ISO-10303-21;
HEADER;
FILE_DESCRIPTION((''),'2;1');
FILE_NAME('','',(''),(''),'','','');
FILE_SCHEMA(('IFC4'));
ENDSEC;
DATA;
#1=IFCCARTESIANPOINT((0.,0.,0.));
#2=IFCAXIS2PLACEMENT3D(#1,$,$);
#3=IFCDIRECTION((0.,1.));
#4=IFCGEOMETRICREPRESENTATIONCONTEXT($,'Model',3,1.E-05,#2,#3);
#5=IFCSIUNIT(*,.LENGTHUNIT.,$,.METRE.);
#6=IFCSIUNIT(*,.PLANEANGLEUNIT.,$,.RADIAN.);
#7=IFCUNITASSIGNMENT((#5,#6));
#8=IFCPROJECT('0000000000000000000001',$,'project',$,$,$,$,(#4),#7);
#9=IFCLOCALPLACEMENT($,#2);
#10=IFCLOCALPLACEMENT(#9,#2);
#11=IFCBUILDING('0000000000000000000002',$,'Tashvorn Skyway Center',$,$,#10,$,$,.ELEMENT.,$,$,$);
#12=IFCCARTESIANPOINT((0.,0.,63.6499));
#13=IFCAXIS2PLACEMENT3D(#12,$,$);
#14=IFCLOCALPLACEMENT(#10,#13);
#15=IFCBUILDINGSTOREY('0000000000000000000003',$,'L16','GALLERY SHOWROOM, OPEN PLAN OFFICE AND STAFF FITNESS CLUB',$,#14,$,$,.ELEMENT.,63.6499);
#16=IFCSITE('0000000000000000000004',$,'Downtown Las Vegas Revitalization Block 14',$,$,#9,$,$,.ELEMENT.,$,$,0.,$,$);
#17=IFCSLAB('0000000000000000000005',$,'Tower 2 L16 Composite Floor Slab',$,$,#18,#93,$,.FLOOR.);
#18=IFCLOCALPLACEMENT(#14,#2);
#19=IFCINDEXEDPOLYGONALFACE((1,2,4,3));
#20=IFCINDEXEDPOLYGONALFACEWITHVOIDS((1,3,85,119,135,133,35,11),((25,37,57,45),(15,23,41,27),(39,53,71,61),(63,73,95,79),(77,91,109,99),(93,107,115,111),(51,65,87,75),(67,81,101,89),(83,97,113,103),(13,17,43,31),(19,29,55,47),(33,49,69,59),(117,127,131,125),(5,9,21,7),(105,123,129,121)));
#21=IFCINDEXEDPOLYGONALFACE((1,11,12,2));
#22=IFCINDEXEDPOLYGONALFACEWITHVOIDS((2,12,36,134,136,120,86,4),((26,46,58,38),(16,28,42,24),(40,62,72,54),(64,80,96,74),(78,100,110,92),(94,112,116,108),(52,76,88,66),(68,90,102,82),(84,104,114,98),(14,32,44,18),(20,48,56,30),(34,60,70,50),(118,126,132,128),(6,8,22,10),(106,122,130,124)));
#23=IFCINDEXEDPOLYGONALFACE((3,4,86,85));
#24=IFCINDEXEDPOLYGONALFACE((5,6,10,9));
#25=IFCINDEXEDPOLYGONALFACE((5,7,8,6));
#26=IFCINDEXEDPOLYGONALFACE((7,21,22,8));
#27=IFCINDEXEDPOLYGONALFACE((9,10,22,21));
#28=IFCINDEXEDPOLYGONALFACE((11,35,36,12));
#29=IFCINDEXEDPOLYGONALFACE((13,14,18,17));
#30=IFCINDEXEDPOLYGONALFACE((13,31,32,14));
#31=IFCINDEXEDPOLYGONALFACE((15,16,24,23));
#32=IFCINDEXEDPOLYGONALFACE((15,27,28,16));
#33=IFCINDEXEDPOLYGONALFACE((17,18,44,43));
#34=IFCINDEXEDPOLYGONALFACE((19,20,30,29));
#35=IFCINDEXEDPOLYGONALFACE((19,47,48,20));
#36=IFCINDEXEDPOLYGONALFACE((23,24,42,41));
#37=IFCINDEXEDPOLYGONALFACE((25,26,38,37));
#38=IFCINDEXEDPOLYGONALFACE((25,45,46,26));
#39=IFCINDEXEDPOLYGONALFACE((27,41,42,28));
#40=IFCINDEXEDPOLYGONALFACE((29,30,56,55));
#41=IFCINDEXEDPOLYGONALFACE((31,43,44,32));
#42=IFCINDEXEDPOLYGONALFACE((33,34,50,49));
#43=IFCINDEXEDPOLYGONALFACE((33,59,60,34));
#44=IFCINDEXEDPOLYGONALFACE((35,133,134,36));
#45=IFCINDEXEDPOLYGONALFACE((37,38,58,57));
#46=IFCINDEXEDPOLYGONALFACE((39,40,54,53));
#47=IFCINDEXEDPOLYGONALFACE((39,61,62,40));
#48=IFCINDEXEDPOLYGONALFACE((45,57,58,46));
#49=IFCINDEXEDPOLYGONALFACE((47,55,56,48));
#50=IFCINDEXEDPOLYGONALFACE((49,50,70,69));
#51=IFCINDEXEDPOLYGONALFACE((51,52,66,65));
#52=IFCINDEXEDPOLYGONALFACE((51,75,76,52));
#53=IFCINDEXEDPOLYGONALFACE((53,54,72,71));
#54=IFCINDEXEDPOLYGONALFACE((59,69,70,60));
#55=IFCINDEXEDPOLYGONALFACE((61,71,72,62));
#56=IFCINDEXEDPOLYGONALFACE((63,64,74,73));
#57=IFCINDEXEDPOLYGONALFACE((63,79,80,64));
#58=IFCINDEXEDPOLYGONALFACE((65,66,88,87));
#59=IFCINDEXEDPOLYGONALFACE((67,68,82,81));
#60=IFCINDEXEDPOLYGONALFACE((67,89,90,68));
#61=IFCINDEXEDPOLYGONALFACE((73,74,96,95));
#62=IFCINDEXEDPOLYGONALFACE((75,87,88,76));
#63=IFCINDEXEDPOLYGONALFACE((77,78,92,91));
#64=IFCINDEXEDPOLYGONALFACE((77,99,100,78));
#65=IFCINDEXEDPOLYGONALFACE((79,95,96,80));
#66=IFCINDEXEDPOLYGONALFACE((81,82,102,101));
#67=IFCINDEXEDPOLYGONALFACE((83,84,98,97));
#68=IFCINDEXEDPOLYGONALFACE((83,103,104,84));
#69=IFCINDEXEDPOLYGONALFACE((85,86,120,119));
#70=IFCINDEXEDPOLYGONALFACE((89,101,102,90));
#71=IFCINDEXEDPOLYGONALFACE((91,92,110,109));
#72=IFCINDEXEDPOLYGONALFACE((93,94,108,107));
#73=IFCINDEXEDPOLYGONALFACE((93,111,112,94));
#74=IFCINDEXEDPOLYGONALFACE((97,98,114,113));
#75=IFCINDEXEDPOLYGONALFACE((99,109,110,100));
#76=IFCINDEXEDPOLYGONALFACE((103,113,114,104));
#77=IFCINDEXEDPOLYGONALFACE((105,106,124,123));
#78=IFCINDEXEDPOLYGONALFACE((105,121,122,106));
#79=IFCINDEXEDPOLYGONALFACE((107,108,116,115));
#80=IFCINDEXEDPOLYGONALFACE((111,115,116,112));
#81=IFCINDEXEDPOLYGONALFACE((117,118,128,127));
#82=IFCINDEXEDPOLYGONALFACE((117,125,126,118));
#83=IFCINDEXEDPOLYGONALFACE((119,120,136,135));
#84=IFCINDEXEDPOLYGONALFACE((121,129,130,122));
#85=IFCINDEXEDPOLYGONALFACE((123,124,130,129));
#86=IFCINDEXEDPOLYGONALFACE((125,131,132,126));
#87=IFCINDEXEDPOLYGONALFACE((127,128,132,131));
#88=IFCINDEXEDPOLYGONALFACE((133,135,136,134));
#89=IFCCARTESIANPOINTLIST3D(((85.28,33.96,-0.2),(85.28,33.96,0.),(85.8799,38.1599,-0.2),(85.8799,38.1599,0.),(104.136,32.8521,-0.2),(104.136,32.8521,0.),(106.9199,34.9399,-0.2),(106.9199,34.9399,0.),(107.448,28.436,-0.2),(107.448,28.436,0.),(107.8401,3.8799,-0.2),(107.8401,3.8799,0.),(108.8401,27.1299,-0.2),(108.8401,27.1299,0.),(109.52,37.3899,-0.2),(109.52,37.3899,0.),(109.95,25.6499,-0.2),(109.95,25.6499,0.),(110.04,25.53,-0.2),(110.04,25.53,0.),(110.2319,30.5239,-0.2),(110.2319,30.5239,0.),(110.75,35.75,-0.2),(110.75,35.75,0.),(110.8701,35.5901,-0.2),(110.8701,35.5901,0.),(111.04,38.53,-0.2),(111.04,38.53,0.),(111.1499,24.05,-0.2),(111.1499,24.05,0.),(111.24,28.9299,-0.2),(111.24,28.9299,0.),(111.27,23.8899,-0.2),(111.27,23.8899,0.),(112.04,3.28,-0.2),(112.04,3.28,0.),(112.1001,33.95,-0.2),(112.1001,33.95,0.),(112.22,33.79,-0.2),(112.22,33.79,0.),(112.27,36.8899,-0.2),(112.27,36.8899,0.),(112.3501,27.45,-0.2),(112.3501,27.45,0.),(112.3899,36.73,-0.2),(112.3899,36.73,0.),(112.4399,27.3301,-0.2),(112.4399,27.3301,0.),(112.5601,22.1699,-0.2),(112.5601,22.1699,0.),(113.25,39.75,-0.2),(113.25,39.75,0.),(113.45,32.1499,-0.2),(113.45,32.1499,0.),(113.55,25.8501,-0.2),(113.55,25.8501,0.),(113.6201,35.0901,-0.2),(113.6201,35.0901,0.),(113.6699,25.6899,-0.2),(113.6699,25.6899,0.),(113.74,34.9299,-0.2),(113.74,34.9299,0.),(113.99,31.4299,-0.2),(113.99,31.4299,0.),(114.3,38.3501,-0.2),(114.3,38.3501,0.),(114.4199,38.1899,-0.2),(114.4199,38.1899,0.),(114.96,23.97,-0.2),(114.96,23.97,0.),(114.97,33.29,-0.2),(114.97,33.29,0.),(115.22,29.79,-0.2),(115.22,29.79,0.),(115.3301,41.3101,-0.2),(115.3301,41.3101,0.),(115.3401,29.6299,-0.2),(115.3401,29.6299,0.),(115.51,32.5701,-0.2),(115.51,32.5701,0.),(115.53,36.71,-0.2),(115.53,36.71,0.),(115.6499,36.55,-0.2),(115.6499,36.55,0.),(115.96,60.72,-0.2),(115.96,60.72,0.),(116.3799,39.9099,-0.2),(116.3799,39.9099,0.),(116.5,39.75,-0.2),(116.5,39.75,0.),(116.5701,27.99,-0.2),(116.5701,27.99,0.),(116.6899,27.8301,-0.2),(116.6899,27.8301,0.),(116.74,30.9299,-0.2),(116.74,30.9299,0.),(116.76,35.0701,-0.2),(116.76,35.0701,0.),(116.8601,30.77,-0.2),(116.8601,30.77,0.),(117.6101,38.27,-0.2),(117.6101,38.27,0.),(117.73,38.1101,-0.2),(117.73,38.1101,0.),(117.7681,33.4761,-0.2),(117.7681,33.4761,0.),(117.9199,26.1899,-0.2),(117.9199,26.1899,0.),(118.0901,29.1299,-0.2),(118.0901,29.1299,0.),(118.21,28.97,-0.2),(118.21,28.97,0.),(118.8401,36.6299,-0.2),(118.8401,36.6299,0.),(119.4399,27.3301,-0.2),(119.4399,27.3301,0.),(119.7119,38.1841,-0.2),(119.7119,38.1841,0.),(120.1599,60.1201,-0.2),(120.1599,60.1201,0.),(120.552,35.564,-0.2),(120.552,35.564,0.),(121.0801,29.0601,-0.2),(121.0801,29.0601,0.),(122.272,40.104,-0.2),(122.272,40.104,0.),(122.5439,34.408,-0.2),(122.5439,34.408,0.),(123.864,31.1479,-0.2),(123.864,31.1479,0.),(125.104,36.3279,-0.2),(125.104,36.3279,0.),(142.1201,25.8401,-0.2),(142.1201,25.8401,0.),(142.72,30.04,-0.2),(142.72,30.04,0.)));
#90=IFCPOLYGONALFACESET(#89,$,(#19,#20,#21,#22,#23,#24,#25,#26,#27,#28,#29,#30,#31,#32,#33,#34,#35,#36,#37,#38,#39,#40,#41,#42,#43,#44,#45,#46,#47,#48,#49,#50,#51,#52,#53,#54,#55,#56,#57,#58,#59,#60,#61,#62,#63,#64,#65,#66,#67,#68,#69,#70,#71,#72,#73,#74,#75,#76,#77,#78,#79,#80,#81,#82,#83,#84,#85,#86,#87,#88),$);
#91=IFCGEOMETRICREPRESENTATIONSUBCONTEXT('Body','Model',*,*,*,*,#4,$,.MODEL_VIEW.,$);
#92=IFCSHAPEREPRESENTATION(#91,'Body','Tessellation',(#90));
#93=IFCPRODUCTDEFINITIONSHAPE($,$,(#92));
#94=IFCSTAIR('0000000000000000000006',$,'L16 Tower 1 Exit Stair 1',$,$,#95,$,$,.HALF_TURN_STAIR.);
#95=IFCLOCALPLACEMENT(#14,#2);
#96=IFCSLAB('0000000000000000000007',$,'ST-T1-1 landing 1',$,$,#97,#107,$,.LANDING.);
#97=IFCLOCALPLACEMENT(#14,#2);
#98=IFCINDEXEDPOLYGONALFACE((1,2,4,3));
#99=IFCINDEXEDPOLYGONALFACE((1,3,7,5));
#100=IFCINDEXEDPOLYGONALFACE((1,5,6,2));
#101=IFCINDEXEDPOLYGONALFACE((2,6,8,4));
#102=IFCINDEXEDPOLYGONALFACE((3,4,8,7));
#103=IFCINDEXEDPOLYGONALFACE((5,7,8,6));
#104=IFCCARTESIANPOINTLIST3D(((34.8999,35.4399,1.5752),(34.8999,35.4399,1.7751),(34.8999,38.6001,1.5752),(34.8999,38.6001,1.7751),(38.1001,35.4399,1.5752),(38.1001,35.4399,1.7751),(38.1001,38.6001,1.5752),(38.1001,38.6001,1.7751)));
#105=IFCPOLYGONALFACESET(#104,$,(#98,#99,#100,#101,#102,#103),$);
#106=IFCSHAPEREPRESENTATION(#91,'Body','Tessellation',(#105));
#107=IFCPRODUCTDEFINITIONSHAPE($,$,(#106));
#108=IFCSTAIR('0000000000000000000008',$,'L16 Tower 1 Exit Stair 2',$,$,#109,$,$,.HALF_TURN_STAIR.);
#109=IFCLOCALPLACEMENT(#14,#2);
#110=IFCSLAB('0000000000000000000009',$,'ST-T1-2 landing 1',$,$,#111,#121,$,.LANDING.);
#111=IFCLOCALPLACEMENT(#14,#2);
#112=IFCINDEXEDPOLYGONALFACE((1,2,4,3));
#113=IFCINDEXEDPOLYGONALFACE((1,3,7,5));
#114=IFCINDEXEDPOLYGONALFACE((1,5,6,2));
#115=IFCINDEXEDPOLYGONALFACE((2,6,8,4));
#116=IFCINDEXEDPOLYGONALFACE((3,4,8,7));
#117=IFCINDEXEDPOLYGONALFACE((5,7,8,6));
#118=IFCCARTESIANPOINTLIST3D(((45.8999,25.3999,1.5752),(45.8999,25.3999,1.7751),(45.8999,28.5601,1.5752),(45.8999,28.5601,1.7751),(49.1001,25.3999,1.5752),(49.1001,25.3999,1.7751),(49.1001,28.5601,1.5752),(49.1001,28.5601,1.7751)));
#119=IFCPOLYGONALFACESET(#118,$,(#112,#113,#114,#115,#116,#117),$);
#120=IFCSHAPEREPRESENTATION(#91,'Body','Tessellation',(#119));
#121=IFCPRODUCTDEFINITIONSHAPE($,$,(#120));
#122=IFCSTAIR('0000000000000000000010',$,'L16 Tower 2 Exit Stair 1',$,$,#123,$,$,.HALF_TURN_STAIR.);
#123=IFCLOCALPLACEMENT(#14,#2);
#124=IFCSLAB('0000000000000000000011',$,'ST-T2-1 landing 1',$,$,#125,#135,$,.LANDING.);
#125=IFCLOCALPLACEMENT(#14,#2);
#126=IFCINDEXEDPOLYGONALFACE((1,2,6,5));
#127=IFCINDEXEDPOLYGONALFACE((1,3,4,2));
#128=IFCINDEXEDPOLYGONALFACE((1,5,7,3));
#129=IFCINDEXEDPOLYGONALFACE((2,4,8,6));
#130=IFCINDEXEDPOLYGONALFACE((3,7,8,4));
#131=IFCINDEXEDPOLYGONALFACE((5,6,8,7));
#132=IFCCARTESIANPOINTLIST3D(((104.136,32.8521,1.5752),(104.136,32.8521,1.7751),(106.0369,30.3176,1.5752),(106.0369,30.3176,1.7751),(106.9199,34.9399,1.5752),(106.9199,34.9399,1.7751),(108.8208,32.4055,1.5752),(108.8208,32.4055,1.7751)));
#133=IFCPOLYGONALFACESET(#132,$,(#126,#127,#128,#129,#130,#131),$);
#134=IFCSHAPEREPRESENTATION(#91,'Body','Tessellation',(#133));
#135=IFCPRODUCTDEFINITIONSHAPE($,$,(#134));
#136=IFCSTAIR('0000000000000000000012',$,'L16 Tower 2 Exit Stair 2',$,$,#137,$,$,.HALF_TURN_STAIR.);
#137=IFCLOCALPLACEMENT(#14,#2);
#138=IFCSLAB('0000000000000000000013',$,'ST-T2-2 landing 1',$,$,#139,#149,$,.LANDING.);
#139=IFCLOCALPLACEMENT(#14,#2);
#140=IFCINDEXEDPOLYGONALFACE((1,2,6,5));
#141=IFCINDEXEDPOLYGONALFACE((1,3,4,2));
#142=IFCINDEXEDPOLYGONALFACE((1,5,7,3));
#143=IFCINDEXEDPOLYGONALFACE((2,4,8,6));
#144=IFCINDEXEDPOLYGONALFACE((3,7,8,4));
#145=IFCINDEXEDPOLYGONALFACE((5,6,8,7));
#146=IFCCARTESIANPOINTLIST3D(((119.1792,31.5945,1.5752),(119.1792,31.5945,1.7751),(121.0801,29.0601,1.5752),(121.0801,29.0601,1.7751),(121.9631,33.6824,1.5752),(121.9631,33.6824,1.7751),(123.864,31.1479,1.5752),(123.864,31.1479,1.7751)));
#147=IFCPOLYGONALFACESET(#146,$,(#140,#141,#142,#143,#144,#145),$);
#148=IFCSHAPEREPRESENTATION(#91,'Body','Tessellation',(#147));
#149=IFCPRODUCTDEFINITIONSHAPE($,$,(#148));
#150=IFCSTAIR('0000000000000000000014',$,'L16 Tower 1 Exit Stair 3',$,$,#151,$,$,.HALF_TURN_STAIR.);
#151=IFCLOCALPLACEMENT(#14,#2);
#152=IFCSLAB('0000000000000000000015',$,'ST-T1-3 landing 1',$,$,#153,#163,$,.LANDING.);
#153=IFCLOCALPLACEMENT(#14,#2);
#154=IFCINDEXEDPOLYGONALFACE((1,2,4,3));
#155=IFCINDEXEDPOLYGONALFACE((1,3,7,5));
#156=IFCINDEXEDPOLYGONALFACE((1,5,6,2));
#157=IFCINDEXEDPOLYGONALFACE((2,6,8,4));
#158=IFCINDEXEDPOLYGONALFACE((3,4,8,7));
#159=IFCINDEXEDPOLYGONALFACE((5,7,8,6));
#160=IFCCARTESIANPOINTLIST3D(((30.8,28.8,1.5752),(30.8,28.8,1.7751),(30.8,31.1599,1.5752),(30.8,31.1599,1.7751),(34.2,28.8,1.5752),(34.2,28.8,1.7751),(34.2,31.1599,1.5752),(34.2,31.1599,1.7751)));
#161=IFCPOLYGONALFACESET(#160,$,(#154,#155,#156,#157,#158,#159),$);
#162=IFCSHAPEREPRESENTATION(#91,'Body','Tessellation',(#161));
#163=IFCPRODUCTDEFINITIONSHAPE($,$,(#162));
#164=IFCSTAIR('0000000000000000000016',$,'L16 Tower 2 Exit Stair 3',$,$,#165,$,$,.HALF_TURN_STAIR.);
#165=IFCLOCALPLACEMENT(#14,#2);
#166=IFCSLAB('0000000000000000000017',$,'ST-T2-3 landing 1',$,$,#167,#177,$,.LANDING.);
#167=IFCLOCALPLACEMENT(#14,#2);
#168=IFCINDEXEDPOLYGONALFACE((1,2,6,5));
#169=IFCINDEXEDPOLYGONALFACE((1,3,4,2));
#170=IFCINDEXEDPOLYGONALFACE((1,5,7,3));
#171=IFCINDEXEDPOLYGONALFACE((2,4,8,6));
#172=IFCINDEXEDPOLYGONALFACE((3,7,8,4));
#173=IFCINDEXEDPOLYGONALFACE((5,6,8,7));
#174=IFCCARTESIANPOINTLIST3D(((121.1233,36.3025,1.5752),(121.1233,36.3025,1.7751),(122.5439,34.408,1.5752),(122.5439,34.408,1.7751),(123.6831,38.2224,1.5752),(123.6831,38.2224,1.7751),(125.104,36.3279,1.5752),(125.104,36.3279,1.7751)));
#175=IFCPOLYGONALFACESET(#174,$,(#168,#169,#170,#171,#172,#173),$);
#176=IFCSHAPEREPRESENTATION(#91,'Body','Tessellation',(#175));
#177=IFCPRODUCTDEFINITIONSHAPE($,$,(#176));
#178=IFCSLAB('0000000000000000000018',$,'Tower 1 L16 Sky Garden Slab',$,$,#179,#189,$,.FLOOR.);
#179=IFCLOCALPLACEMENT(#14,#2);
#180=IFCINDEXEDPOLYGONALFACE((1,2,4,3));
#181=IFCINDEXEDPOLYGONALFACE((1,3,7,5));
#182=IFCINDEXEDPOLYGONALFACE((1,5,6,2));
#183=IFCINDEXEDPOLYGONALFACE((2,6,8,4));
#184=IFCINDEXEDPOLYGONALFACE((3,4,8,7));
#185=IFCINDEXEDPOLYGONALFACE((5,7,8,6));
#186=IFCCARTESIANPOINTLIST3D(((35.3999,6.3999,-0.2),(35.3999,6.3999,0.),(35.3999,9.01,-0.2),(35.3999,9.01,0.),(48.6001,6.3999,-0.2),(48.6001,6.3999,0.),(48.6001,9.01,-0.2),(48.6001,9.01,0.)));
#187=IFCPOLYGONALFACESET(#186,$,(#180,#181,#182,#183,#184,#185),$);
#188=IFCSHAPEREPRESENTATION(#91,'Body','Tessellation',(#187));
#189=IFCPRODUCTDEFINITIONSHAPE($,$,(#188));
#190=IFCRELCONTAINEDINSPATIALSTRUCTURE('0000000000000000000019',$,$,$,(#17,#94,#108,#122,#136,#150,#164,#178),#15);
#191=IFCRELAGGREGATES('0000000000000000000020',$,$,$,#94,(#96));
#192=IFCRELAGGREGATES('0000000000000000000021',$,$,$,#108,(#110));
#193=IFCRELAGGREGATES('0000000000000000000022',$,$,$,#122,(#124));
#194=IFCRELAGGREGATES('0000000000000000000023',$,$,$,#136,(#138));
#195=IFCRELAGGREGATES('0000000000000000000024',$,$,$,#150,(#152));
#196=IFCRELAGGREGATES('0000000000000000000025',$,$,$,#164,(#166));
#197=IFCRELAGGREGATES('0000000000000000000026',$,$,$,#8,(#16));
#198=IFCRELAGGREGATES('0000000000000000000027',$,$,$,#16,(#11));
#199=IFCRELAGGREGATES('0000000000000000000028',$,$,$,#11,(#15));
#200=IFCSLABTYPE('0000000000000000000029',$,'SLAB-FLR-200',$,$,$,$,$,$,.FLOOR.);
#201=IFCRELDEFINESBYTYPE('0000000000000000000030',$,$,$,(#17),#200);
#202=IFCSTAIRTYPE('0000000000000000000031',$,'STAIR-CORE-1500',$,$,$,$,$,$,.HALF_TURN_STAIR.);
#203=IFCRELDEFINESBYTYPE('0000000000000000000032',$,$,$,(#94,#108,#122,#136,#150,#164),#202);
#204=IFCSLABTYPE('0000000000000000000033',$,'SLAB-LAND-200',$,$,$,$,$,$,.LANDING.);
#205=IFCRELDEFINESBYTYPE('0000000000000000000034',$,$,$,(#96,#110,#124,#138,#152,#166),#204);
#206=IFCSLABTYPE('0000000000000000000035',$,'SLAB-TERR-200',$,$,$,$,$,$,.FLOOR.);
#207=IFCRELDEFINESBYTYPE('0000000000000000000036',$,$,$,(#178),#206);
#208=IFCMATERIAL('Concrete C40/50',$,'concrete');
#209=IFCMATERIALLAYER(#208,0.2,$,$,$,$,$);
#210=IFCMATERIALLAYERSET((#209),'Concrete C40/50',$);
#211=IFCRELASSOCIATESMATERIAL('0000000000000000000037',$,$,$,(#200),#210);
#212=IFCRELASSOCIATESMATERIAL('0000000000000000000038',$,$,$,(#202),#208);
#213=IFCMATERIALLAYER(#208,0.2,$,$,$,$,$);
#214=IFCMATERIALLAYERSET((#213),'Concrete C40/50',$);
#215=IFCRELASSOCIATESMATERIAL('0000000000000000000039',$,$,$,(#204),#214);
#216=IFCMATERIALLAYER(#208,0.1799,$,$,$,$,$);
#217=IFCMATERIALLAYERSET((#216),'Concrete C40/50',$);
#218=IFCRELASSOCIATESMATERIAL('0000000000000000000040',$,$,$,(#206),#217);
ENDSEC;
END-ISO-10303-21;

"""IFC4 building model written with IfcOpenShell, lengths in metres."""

from ifc_helpers import new_model, si_unit, direction, frame, origin, place, context, subcontext, project, spatial, polyline, outline, extrude, material, layer, layer_set, type_object, element, aggregate, save


model = new_model("IFC4")

# Units and contexts
model_context = context("Model", 3, precision=1e-05, world=origin(), true_north=direction((0.0, 1.0)))
body_context = subcontext(model_context, "Body", "Model", "MODEL_VIEW")
ifc_project = project(units=[si_unit("LENGTHUNIT", "METRE"), si_unit("PLANEANGLEUNIT", "RADIAN")], contexts=[model_context])

# Site, building, storey
site_placement = place(None, origin())
site = spatial("IfcSite", under=ifc_project, at=site_placement, Name="Downtown Las Vegas Revitalization Block 14", CompositionType="ELEMENT", RefElevation=0.0)
building_placement = place(site_placement, origin())
building = spatial("IfcBuilding", under=site, at=building_placement, Name="Tashvorn Skyway Center", CompositionType="ELEMENT")
storey_placement = place(building_placement, frame((0.0, 0.0, 63.6499)))
storey = spatial("IfcBuildingStorey", under=building, at=storey_placement, Name="L16", Description="GALLERY SHOWROOM, OPEN PLAN OFFICE AND STAFF FITNESS CLUB", CompositionType="ELEMENT", Elevation=63.6499)

# Slab
ifc_material_1 = material(Name="Concrete C40/50", Category="concrete")
ifc_layer_1 = layer(ifc_material_1, 0.2)
ifc_layer_set_1 = layer_set([ifc_layer_1], Name="Concrete C40/50")
slab_type_1 = type_object("IfcSlabType", Name="SLAB-FLR-200", PredefinedType="FLOOR", material=ifc_layer_set_1)
slab_1_placement = place(storey_placement, frame((0.0, 0.0, -0.2)))
element("IfcSlab", 1, at=slab_1_placement, inside=storey, type_object=slab_type_1, Name="Tower 2 L16 Composite Floor Slab", PredefinedType="FLOOR", context=body_context, shape_type="SweptSolid", body=[
    extrude(outline(polyline([(112.04, 3.28), (142.1201, 25.8401), (142.72, 30.04), (120.1599, 60.1201), (115.96, 60.72), (85.8799, 38.1599), (85.28, 33.96), (107.8401, 3.8799), (112.04, 3.28)]), holes=[polyline([(110.2319, 30.5239), (106.9199, 34.9399), (104.136, 32.8521), (107.448, 28.436), (110.2319, 30.5239)]), polyline([(117.7681, 33.4761), (121.0801, 29.0601), (123.864, 31.1479), (120.552, 35.564), (117.7681, 33.4761)]), polyline([(119.7119, 38.1841), (122.5439, 34.408), (125.104, 36.3279), (122.272, 40.104), (119.7119, 38.1841)]), polyline([(109.95, 25.6499), (112.3501, 27.45), (111.24, 28.9299), (108.8401, 27.1299), (109.95, 25.6499)]), polyline([(111.1499, 24.05), (113.55, 25.8501), (112.4399, 27.3301), (110.04, 25.53), (111.1499, 24.05)]), polyline([(112.5601, 22.1699), (114.96, 23.97), (113.6699, 25.6899), (111.27, 23.8899), (112.5601, 22.1699)]), polyline([(117.9199, 26.1899), (119.4399, 27.3301), (118.21, 28.97), (116.6899, 27.8301), (117.9199, 26.1899)]), polyline([(116.5701, 27.99), (118.0901, 29.1299), (116.8601, 30.77), (115.3401, 29.6299), (116.5701, 27.99)]), polyline([(115.22, 29.79), (116.74, 30.9299), (115.51, 32.5701), (113.99, 31.4299), (115.22, 29.79)]), polyline([(113.45, 32.1499), (114.97, 33.29), (113.74, 34.9299), (112.22, 33.79), (113.45, 32.1499)]), polyline([(112.1001, 33.95), (113.6201, 35.0901), (112.3899, 36.73), (110.8701, 35.5901), (112.1001, 33.95)]), polyline([(110.75, 35.75), (112.27, 36.8899), (111.04, 38.53), (109.52, 37.3899), (110.75, 35.75)]), polyline([(116.76, 35.0701), (118.8401, 36.6299), (117.73, 38.1101), (115.6499, 36.55), (116.76, 35.0701)]), polyline([(115.53, 36.71), (117.6101, 38.27), (116.5, 39.75), (114.4199, 38.1899), (115.53, 36.71)]), polyline([(114.3, 38.3501), (116.3799, 39.9099), (115.3301, 41.3101), (113.25, 39.75), (114.3, 38.3501)])]), origin(), (0.0, 0.0, 1.0), 0.2),
])

# Stairs, slabs
stair_type = type_object("IfcStairType", Name="STAIR-CORE-1500", PredefinedType="HALF_TURN_STAIR", material=ifc_material_1)
stair_1_placement = place(storey_placement, origin())
stair_1 = element("IfcStair", 2, at=stair_1_placement, inside=storey, type_object=stair_type, Name="L16 Tower 1 Exit Stair 1", PredefinedType="HALF_TURN_STAIR")
ifc_layer_2 = layer(ifc_material_1, 0.2)
ifc_layer_set_2 = layer_set([ifc_layer_2], Name="Concrete C40/50")
slab_type_2 = type_object("IfcSlabType", Name="SLAB-LAND-200", PredefinedType="LANDING", material=ifc_layer_set_2)
slab_2_placement = place(storey_placement, frame((0.0, 0.0, 1.5752)))
slab_2 = element("IfcSlab", 3, at=slab_2_placement, type_object=slab_type_2, Name="ST-T1-1 landing 1", PredefinedType="LANDING", context=body_context, shape_type="SweptSolid", body=[
    extrude(outline(polyline([(38.1001, 35.4399), (38.1001, 38.6001), (34.8999, 38.6001), (34.8999, 35.4399), (38.1001, 35.4399)])), origin(), (0.0, 0.0, 1.0), 0.2),
])
aggregate(stair_1, [slab_2])
stair_2_placement = place(storey_placement, origin())
stair_2 = element("IfcStair", 4, at=stair_2_placement, inside=storey, type_object=stair_type, Name="L16 Tower 1 Exit Stair 2", PredefinedType="HALF_TURN_STAIR")
slab_3_placement = place(storey_placement, frame((0.0, 0.0, 1.5752)))
slab_3 = element("IfcSlab", 5, at=slab_3_placement, type_object=slab_type_2, Name="ST-T1-2 landing 1", PredefinedType="LANDING", context=body_context, shape_type="SweptSolid", body=[
    extrude(outline(polyline([(45.8999, 28.5601), (45.8999, 25.3999), (49.1001, 25.3999), (49.1001, 28.5601), (45.8999, 28.5601)])), origin(), (0.0, 0.0, 1.0), 0.2),
])
aggregate(stair_2, [slab_3])
stair_3_placement = place(storey_placement, origin())
stair_3 = element("IfcStair", 6, at=stair_3_placement, inside=storey, type_object=stair_type, Name="L16 Tower 2 Exit Stair 1", PredefinedType="HALF_TURN_STAIR")
slab_4_placement = place(storey_placement, frame((0.0, 0.0, 1.5752)))
slab_4 = element("IfcSlab", 7, at=slab_4_placement, type_object=slab_type_2, Name="ST-T2-1 landing 1", PredefinedType="LANDING", context=body_context, shape_type="SweptSolid", body=[
    extrude(outline(polyline([(108.8208, 32.4055), (106.9199, 34.9399), (104.136, 32.8521), (106.0369, 30.3176), (108.8208, 32.4055)])), origin(), (0.0, 0.0, 1.0), 0.2),
])
aggregate(stair_3, [slab_4])
stair_4_placement = place(storey_placement, origin())
stair_4 = element("IfcStair", 8, at=stair_4_placement, inside=storey, type_object=stair_type, Name="L16 Tower 2 Exit Stair 2", PredefinedType="HALF_TURN_STAIR")
slab_5_placement = place(storey_placement, frame((0.0, 0.0, 1.5752)))
slab_5 = element("IfcSlab", 9, at=slab_5_placement, type_object=slab_type_2, Name="ST-T2-2 landing 1", PredefinedType="LANDING", context=body_context, shape_type="SweptSolid", body=[
    extrude(outline(polyline([(119.1792, 31.5945), (121.0801, 29.0601), (123.864, 31.1479), (121.9631, 33.6824), (119.1792, 31.5945)])), origin(), (0.0, 0.0, 1.0), 0.2),
])
aggregate(stair_4, [slab_5])
stair_5_placement = place(storey_placement, origin())
stair_5 = element("IfcStair", 10, at=stair_5_placement, inside=storey, type_object=stair_type, Name="L16 Tower 1 Exit Stair 3", PredefinedType="HALF_TURN_STAIR")
slab_6_placement = place(storey_placement, frame((0.0, 0.0, 1.5752)))
slab_6 = element("IfcSlab", 11, at=slab_6_placement, type_object=slab_type_2, Name="ST-T1-3 landing 1", PredefinedType="LANDING", context=body_context, shape_type="SweptSolid", body=[
    extrude(outline(polyline([(30.8, 31.1599), (30.8, 28.8), (34.2, 28.8), (34.2, 31.1599), (30.8, 31.1599)])), origin(), (0.0, 0.0, 1.0), 0.2),
])
aggregate(stair_5, [slab_6])
stair_6_placement = place(storey_placement, origin())
stair_6 = element("IfcStair", 12, at=stair_6_placement, inside=storey, type_object=stair_type, Name="L16 Tower 2 Exit Stair 3", PredefinedType="HALF_TURN_STAIR")
slab_7_placement = place(storey_placement, frame((0.0, 0.0, 1.5752)))
slab_7 = element("IfcSlab", 13, at=slab_7_placement, type_object=slab_type_2, Name="ST-T2-3 landing 1", PredefinedType="LANDING", context=body_context, shape_type="SweptSolid", body=[
    extrude(outline(polyline([(121.1233, 36.3025), (122.5439, 34.408), (125.104, 36.3279), (123.6831, 38.2224), (121.1233, 36.3025)])), origin(), (0.0, 0.0, 1.0), 0.2),
])
aggregate(stair_6, [slab_7])

# Slab
ifc_layer_3 = layer(ifc_material_1, 0.1799)
ifc_layer_set_3 = layer_set([ifc_layer_3], Name="Concrete C40/50")
slab_type_3 = type_object("IfcSlabType", Name="SLAB-TERR-200", PredefinedType="FLOOR", material=ifc_layer_set_3)
slab_8_placement = place(storey_placement, frame((0.0, 0.0, -0.2)))
element("IfcSlab", 14, at=slab_8_placement, inside=storey, type_object=slab_type_3, Name="Tower 1 L16 Sky Garden Slab", PredefinedType="FLOOR", context=body_context, shape_type="SweptSolid", body=[
    extrude(outline(polyline([(35.3999, 6.3999), (48.6001, 6.3999), (48.6001, 9.01), (35.3999, 9.01), (35.3999, 6.3999)])), origin(), (0.0, 0.0, 1.0), 0.2),
])

save(model, "model.ifc")
